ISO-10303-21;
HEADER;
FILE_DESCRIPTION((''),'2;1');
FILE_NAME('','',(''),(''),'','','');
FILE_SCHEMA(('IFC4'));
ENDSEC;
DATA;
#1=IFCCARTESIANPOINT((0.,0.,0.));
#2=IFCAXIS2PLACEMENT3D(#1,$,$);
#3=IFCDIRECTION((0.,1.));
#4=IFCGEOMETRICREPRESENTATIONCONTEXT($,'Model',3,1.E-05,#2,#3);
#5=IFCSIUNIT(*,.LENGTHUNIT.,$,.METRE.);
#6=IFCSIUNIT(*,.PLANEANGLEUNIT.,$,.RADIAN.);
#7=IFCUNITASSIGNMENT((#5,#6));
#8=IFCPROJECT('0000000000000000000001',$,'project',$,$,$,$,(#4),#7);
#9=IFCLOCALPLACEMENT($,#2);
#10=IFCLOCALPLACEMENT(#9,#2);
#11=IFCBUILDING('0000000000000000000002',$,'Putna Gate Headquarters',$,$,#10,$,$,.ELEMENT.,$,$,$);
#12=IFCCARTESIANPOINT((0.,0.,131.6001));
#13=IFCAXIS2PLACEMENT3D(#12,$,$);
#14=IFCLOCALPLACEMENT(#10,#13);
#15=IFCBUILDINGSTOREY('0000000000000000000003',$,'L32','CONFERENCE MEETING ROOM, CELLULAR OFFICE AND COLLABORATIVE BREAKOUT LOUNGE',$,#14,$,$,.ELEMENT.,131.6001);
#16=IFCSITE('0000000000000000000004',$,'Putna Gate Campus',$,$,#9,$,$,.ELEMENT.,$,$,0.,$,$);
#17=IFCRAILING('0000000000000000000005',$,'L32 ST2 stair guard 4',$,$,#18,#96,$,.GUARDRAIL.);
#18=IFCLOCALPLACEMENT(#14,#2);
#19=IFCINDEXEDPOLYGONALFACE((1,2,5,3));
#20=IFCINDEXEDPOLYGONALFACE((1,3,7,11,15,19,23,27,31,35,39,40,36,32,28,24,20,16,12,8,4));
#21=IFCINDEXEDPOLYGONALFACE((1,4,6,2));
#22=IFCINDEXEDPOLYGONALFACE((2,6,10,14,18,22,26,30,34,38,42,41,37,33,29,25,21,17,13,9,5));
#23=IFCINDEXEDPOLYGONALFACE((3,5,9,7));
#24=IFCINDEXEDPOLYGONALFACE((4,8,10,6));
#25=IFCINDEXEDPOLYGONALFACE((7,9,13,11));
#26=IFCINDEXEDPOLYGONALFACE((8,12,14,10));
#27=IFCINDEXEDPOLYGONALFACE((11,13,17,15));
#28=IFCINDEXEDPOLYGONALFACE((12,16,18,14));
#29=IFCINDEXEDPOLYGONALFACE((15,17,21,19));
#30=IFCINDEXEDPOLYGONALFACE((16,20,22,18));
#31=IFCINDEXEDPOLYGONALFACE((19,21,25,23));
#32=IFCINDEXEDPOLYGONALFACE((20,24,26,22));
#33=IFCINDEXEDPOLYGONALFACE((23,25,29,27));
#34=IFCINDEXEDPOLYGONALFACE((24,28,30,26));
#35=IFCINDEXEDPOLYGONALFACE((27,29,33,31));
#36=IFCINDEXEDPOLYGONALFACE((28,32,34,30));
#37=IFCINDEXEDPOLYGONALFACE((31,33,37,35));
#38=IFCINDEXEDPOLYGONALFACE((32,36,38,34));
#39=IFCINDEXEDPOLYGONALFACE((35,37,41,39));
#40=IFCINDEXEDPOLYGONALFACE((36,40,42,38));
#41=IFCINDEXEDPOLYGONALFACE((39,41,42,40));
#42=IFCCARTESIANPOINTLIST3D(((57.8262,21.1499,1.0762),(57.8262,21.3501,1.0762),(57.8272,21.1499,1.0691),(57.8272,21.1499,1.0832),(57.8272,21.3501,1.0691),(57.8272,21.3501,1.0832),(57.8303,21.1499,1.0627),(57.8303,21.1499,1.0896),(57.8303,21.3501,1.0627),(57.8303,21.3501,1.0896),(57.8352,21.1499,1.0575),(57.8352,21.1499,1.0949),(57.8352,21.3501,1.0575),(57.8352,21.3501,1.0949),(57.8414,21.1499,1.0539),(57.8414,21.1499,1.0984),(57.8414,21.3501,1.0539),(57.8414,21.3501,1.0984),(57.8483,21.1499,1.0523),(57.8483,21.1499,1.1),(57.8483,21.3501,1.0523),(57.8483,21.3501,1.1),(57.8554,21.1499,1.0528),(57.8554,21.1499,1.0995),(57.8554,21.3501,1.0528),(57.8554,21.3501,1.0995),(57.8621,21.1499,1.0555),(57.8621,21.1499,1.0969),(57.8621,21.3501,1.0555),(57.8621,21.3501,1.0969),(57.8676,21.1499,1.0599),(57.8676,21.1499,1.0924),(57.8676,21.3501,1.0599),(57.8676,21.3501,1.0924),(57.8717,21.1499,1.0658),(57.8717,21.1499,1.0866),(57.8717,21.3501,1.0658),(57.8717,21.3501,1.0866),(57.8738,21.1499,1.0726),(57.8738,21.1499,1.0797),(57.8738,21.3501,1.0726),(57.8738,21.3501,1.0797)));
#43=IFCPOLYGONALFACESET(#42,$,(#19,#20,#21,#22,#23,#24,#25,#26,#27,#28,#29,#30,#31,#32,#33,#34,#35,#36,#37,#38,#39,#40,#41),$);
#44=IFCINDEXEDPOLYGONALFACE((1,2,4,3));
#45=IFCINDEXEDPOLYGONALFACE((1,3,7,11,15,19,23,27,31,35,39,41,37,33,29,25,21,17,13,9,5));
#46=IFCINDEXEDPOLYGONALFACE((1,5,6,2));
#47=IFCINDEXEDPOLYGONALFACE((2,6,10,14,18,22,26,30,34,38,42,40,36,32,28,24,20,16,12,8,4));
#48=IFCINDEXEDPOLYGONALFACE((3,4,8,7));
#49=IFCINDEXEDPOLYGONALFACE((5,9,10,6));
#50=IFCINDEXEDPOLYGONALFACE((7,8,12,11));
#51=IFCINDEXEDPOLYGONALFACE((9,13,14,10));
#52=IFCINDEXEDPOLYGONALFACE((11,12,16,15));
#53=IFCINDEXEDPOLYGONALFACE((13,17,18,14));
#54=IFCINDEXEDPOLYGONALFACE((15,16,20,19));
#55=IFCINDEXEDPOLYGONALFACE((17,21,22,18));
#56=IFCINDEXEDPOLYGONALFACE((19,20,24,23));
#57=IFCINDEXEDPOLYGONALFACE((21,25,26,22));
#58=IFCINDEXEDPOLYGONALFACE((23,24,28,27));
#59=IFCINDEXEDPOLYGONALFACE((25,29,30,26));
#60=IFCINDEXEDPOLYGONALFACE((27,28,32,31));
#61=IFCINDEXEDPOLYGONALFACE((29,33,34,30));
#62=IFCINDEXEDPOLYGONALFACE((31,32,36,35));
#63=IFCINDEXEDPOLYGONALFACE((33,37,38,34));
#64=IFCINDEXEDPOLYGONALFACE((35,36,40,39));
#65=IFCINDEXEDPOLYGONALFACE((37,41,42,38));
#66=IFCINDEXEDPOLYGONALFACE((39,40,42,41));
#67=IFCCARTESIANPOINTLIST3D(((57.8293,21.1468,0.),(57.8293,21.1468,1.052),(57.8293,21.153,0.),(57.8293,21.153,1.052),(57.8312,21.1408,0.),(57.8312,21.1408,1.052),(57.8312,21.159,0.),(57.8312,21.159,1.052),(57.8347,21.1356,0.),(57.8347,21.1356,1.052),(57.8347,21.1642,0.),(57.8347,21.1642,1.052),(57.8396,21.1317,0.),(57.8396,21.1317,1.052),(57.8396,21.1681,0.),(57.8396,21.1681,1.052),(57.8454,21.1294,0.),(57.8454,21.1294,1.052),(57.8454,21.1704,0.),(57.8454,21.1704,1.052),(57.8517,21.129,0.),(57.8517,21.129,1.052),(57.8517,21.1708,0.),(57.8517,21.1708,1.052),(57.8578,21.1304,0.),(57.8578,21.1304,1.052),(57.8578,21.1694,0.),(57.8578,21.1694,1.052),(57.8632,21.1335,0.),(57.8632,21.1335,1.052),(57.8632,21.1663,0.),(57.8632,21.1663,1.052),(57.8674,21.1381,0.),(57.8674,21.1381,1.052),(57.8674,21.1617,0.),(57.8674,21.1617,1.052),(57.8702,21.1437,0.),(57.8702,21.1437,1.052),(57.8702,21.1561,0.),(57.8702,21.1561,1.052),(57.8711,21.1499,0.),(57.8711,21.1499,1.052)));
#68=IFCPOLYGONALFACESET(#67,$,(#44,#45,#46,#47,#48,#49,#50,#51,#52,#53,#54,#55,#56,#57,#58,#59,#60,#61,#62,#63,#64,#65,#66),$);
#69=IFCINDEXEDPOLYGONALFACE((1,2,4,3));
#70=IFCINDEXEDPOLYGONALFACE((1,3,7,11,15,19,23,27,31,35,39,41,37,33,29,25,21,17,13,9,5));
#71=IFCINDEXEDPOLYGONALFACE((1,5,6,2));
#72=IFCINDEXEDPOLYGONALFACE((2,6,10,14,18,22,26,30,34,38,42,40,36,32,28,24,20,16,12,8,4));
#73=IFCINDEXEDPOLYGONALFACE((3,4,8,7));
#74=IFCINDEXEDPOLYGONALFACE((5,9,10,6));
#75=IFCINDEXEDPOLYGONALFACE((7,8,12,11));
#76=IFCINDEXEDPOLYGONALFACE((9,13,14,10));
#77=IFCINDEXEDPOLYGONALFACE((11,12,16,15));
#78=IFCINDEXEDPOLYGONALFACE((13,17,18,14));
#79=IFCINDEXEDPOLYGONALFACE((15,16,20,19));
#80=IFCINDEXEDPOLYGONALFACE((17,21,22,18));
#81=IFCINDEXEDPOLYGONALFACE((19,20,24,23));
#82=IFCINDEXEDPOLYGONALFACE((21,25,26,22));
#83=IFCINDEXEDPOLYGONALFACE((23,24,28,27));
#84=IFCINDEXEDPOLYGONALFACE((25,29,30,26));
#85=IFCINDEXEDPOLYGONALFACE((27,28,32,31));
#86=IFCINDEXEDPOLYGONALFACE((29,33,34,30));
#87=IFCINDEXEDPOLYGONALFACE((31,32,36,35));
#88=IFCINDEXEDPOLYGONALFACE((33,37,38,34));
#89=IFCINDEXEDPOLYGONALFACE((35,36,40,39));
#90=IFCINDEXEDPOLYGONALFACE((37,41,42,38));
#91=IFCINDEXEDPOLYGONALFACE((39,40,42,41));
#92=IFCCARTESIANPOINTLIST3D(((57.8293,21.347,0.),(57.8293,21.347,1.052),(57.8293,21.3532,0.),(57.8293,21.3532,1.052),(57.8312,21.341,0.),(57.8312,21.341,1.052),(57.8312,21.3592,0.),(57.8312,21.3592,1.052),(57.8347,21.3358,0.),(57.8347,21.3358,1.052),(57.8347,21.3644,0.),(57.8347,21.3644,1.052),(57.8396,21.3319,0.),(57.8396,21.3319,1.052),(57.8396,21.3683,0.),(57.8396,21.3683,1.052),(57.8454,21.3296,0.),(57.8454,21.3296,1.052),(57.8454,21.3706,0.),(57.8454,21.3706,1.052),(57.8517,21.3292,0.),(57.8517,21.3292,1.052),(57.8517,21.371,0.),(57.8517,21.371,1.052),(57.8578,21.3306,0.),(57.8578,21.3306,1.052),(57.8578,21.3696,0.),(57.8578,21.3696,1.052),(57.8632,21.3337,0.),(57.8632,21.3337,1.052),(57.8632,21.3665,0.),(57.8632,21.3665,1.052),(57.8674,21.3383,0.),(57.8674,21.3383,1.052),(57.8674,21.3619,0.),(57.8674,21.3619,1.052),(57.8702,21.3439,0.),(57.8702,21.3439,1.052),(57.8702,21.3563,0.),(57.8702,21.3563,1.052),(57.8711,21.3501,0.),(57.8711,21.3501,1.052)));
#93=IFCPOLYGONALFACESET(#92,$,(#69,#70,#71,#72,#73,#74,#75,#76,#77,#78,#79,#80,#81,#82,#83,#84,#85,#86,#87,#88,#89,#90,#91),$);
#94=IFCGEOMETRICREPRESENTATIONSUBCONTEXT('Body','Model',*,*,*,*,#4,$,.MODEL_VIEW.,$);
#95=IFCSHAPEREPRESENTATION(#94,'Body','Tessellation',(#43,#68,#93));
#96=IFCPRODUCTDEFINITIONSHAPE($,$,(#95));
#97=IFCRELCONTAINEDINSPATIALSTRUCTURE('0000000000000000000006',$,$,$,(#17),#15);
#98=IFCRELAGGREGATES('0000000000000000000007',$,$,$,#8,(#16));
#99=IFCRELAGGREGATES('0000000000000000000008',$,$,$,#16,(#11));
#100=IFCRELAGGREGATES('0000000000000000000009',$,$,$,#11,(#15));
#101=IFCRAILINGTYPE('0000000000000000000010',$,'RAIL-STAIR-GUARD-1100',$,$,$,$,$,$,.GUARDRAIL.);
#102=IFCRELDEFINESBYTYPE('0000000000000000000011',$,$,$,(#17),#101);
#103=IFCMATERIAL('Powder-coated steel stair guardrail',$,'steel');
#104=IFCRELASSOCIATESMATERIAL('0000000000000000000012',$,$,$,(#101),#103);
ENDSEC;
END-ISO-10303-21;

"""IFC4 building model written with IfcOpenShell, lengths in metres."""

from ifc_helpers import new_model, si_unit, direction, frame, origin, origin_2d, place, context, subcontext, project, spatial, circle, extrude, material, type_object, element, save


model = new_model("IFC4")

# Units and contexts
model_context = context("Model", 3, precision=1e-05, world=origin(), true_north=direction((0.0, 1.0)))
body_context = subcontext(model_context, "Body", "Model", "MODEL_VIEW")
ifc_project = project(units=[si_unit("LENGTHUNIT", "METRE"), si_unit("PLANEANGLEUNIT", "RADIAN")], contexts=[model_context])

# Site, building, storey
site_placement = place(None, origin())
site = spatial("IfcSite", under=ifc_project, at=site_placement, Name="Putna Gate Campus", CompositionType="ELEMENT", RefElevation=0.0)
building_placement = place(site_placement, origin())
building = spatial("IfcBuilding", under=site, at=building_placement, Name="Putna Gate Headquarters", CompositionType="ELEMENT")
storey_placement = place(building_placement, frame((0.0, 0.0, 131.6001)))
storey = spatial("IfcBuildingStorey", under=building, at=storey_placement, Name="L32", Description="CONFERENCE MEETING ROOM, CELLULAR OFFICE AND COLLABORATIVE BREAKOUT LOUNGE", CompositionType="ELEMENT", Elevation=131.6001)

# Railing
ifc_material_1 = material(Name="Powder-coated steel stair guardrail", Category="steel")
railing_type_1 = type_object("IfcRailingType", Name="RAIL-STAIR-GUARD-1100", PredefinedType="GUARDRAIL", material=ifc_material_1)
railing_1_placement = place(storey_placement, frame((57.8501, 21.1499, 0.0)))
element("IfcRailing", 1, at=railing_1_placement, inside=storey, type_object=railing_type_1, Name="L32 ST2 stair guard 4", PredefinedType="GUARDRAIL", context=body_context, shape_type="SweptSolid", body=[
    extrude(circle(Radius=0.0239, at=origin_2d()), frame((0.0, 0.0, 1.0762), z_axis=(0.0, 1.0, 0.0), x_axis=(-1.0, 0.0, 0.0)), (0.0, 0.0, 1.0), 0.2002),
    extrude(circle(Radius=0.021, at=origin_2d()), origin(), (0.0, 0.0, 1.0), 1.052),
    extrude(circle(Radius=0.021, at=origin_2d()), frame((0.0, 0.2002, 0.0)), (0.0, 0.0, 1.0), 1.052),
])

save(model, "model.ifc")
